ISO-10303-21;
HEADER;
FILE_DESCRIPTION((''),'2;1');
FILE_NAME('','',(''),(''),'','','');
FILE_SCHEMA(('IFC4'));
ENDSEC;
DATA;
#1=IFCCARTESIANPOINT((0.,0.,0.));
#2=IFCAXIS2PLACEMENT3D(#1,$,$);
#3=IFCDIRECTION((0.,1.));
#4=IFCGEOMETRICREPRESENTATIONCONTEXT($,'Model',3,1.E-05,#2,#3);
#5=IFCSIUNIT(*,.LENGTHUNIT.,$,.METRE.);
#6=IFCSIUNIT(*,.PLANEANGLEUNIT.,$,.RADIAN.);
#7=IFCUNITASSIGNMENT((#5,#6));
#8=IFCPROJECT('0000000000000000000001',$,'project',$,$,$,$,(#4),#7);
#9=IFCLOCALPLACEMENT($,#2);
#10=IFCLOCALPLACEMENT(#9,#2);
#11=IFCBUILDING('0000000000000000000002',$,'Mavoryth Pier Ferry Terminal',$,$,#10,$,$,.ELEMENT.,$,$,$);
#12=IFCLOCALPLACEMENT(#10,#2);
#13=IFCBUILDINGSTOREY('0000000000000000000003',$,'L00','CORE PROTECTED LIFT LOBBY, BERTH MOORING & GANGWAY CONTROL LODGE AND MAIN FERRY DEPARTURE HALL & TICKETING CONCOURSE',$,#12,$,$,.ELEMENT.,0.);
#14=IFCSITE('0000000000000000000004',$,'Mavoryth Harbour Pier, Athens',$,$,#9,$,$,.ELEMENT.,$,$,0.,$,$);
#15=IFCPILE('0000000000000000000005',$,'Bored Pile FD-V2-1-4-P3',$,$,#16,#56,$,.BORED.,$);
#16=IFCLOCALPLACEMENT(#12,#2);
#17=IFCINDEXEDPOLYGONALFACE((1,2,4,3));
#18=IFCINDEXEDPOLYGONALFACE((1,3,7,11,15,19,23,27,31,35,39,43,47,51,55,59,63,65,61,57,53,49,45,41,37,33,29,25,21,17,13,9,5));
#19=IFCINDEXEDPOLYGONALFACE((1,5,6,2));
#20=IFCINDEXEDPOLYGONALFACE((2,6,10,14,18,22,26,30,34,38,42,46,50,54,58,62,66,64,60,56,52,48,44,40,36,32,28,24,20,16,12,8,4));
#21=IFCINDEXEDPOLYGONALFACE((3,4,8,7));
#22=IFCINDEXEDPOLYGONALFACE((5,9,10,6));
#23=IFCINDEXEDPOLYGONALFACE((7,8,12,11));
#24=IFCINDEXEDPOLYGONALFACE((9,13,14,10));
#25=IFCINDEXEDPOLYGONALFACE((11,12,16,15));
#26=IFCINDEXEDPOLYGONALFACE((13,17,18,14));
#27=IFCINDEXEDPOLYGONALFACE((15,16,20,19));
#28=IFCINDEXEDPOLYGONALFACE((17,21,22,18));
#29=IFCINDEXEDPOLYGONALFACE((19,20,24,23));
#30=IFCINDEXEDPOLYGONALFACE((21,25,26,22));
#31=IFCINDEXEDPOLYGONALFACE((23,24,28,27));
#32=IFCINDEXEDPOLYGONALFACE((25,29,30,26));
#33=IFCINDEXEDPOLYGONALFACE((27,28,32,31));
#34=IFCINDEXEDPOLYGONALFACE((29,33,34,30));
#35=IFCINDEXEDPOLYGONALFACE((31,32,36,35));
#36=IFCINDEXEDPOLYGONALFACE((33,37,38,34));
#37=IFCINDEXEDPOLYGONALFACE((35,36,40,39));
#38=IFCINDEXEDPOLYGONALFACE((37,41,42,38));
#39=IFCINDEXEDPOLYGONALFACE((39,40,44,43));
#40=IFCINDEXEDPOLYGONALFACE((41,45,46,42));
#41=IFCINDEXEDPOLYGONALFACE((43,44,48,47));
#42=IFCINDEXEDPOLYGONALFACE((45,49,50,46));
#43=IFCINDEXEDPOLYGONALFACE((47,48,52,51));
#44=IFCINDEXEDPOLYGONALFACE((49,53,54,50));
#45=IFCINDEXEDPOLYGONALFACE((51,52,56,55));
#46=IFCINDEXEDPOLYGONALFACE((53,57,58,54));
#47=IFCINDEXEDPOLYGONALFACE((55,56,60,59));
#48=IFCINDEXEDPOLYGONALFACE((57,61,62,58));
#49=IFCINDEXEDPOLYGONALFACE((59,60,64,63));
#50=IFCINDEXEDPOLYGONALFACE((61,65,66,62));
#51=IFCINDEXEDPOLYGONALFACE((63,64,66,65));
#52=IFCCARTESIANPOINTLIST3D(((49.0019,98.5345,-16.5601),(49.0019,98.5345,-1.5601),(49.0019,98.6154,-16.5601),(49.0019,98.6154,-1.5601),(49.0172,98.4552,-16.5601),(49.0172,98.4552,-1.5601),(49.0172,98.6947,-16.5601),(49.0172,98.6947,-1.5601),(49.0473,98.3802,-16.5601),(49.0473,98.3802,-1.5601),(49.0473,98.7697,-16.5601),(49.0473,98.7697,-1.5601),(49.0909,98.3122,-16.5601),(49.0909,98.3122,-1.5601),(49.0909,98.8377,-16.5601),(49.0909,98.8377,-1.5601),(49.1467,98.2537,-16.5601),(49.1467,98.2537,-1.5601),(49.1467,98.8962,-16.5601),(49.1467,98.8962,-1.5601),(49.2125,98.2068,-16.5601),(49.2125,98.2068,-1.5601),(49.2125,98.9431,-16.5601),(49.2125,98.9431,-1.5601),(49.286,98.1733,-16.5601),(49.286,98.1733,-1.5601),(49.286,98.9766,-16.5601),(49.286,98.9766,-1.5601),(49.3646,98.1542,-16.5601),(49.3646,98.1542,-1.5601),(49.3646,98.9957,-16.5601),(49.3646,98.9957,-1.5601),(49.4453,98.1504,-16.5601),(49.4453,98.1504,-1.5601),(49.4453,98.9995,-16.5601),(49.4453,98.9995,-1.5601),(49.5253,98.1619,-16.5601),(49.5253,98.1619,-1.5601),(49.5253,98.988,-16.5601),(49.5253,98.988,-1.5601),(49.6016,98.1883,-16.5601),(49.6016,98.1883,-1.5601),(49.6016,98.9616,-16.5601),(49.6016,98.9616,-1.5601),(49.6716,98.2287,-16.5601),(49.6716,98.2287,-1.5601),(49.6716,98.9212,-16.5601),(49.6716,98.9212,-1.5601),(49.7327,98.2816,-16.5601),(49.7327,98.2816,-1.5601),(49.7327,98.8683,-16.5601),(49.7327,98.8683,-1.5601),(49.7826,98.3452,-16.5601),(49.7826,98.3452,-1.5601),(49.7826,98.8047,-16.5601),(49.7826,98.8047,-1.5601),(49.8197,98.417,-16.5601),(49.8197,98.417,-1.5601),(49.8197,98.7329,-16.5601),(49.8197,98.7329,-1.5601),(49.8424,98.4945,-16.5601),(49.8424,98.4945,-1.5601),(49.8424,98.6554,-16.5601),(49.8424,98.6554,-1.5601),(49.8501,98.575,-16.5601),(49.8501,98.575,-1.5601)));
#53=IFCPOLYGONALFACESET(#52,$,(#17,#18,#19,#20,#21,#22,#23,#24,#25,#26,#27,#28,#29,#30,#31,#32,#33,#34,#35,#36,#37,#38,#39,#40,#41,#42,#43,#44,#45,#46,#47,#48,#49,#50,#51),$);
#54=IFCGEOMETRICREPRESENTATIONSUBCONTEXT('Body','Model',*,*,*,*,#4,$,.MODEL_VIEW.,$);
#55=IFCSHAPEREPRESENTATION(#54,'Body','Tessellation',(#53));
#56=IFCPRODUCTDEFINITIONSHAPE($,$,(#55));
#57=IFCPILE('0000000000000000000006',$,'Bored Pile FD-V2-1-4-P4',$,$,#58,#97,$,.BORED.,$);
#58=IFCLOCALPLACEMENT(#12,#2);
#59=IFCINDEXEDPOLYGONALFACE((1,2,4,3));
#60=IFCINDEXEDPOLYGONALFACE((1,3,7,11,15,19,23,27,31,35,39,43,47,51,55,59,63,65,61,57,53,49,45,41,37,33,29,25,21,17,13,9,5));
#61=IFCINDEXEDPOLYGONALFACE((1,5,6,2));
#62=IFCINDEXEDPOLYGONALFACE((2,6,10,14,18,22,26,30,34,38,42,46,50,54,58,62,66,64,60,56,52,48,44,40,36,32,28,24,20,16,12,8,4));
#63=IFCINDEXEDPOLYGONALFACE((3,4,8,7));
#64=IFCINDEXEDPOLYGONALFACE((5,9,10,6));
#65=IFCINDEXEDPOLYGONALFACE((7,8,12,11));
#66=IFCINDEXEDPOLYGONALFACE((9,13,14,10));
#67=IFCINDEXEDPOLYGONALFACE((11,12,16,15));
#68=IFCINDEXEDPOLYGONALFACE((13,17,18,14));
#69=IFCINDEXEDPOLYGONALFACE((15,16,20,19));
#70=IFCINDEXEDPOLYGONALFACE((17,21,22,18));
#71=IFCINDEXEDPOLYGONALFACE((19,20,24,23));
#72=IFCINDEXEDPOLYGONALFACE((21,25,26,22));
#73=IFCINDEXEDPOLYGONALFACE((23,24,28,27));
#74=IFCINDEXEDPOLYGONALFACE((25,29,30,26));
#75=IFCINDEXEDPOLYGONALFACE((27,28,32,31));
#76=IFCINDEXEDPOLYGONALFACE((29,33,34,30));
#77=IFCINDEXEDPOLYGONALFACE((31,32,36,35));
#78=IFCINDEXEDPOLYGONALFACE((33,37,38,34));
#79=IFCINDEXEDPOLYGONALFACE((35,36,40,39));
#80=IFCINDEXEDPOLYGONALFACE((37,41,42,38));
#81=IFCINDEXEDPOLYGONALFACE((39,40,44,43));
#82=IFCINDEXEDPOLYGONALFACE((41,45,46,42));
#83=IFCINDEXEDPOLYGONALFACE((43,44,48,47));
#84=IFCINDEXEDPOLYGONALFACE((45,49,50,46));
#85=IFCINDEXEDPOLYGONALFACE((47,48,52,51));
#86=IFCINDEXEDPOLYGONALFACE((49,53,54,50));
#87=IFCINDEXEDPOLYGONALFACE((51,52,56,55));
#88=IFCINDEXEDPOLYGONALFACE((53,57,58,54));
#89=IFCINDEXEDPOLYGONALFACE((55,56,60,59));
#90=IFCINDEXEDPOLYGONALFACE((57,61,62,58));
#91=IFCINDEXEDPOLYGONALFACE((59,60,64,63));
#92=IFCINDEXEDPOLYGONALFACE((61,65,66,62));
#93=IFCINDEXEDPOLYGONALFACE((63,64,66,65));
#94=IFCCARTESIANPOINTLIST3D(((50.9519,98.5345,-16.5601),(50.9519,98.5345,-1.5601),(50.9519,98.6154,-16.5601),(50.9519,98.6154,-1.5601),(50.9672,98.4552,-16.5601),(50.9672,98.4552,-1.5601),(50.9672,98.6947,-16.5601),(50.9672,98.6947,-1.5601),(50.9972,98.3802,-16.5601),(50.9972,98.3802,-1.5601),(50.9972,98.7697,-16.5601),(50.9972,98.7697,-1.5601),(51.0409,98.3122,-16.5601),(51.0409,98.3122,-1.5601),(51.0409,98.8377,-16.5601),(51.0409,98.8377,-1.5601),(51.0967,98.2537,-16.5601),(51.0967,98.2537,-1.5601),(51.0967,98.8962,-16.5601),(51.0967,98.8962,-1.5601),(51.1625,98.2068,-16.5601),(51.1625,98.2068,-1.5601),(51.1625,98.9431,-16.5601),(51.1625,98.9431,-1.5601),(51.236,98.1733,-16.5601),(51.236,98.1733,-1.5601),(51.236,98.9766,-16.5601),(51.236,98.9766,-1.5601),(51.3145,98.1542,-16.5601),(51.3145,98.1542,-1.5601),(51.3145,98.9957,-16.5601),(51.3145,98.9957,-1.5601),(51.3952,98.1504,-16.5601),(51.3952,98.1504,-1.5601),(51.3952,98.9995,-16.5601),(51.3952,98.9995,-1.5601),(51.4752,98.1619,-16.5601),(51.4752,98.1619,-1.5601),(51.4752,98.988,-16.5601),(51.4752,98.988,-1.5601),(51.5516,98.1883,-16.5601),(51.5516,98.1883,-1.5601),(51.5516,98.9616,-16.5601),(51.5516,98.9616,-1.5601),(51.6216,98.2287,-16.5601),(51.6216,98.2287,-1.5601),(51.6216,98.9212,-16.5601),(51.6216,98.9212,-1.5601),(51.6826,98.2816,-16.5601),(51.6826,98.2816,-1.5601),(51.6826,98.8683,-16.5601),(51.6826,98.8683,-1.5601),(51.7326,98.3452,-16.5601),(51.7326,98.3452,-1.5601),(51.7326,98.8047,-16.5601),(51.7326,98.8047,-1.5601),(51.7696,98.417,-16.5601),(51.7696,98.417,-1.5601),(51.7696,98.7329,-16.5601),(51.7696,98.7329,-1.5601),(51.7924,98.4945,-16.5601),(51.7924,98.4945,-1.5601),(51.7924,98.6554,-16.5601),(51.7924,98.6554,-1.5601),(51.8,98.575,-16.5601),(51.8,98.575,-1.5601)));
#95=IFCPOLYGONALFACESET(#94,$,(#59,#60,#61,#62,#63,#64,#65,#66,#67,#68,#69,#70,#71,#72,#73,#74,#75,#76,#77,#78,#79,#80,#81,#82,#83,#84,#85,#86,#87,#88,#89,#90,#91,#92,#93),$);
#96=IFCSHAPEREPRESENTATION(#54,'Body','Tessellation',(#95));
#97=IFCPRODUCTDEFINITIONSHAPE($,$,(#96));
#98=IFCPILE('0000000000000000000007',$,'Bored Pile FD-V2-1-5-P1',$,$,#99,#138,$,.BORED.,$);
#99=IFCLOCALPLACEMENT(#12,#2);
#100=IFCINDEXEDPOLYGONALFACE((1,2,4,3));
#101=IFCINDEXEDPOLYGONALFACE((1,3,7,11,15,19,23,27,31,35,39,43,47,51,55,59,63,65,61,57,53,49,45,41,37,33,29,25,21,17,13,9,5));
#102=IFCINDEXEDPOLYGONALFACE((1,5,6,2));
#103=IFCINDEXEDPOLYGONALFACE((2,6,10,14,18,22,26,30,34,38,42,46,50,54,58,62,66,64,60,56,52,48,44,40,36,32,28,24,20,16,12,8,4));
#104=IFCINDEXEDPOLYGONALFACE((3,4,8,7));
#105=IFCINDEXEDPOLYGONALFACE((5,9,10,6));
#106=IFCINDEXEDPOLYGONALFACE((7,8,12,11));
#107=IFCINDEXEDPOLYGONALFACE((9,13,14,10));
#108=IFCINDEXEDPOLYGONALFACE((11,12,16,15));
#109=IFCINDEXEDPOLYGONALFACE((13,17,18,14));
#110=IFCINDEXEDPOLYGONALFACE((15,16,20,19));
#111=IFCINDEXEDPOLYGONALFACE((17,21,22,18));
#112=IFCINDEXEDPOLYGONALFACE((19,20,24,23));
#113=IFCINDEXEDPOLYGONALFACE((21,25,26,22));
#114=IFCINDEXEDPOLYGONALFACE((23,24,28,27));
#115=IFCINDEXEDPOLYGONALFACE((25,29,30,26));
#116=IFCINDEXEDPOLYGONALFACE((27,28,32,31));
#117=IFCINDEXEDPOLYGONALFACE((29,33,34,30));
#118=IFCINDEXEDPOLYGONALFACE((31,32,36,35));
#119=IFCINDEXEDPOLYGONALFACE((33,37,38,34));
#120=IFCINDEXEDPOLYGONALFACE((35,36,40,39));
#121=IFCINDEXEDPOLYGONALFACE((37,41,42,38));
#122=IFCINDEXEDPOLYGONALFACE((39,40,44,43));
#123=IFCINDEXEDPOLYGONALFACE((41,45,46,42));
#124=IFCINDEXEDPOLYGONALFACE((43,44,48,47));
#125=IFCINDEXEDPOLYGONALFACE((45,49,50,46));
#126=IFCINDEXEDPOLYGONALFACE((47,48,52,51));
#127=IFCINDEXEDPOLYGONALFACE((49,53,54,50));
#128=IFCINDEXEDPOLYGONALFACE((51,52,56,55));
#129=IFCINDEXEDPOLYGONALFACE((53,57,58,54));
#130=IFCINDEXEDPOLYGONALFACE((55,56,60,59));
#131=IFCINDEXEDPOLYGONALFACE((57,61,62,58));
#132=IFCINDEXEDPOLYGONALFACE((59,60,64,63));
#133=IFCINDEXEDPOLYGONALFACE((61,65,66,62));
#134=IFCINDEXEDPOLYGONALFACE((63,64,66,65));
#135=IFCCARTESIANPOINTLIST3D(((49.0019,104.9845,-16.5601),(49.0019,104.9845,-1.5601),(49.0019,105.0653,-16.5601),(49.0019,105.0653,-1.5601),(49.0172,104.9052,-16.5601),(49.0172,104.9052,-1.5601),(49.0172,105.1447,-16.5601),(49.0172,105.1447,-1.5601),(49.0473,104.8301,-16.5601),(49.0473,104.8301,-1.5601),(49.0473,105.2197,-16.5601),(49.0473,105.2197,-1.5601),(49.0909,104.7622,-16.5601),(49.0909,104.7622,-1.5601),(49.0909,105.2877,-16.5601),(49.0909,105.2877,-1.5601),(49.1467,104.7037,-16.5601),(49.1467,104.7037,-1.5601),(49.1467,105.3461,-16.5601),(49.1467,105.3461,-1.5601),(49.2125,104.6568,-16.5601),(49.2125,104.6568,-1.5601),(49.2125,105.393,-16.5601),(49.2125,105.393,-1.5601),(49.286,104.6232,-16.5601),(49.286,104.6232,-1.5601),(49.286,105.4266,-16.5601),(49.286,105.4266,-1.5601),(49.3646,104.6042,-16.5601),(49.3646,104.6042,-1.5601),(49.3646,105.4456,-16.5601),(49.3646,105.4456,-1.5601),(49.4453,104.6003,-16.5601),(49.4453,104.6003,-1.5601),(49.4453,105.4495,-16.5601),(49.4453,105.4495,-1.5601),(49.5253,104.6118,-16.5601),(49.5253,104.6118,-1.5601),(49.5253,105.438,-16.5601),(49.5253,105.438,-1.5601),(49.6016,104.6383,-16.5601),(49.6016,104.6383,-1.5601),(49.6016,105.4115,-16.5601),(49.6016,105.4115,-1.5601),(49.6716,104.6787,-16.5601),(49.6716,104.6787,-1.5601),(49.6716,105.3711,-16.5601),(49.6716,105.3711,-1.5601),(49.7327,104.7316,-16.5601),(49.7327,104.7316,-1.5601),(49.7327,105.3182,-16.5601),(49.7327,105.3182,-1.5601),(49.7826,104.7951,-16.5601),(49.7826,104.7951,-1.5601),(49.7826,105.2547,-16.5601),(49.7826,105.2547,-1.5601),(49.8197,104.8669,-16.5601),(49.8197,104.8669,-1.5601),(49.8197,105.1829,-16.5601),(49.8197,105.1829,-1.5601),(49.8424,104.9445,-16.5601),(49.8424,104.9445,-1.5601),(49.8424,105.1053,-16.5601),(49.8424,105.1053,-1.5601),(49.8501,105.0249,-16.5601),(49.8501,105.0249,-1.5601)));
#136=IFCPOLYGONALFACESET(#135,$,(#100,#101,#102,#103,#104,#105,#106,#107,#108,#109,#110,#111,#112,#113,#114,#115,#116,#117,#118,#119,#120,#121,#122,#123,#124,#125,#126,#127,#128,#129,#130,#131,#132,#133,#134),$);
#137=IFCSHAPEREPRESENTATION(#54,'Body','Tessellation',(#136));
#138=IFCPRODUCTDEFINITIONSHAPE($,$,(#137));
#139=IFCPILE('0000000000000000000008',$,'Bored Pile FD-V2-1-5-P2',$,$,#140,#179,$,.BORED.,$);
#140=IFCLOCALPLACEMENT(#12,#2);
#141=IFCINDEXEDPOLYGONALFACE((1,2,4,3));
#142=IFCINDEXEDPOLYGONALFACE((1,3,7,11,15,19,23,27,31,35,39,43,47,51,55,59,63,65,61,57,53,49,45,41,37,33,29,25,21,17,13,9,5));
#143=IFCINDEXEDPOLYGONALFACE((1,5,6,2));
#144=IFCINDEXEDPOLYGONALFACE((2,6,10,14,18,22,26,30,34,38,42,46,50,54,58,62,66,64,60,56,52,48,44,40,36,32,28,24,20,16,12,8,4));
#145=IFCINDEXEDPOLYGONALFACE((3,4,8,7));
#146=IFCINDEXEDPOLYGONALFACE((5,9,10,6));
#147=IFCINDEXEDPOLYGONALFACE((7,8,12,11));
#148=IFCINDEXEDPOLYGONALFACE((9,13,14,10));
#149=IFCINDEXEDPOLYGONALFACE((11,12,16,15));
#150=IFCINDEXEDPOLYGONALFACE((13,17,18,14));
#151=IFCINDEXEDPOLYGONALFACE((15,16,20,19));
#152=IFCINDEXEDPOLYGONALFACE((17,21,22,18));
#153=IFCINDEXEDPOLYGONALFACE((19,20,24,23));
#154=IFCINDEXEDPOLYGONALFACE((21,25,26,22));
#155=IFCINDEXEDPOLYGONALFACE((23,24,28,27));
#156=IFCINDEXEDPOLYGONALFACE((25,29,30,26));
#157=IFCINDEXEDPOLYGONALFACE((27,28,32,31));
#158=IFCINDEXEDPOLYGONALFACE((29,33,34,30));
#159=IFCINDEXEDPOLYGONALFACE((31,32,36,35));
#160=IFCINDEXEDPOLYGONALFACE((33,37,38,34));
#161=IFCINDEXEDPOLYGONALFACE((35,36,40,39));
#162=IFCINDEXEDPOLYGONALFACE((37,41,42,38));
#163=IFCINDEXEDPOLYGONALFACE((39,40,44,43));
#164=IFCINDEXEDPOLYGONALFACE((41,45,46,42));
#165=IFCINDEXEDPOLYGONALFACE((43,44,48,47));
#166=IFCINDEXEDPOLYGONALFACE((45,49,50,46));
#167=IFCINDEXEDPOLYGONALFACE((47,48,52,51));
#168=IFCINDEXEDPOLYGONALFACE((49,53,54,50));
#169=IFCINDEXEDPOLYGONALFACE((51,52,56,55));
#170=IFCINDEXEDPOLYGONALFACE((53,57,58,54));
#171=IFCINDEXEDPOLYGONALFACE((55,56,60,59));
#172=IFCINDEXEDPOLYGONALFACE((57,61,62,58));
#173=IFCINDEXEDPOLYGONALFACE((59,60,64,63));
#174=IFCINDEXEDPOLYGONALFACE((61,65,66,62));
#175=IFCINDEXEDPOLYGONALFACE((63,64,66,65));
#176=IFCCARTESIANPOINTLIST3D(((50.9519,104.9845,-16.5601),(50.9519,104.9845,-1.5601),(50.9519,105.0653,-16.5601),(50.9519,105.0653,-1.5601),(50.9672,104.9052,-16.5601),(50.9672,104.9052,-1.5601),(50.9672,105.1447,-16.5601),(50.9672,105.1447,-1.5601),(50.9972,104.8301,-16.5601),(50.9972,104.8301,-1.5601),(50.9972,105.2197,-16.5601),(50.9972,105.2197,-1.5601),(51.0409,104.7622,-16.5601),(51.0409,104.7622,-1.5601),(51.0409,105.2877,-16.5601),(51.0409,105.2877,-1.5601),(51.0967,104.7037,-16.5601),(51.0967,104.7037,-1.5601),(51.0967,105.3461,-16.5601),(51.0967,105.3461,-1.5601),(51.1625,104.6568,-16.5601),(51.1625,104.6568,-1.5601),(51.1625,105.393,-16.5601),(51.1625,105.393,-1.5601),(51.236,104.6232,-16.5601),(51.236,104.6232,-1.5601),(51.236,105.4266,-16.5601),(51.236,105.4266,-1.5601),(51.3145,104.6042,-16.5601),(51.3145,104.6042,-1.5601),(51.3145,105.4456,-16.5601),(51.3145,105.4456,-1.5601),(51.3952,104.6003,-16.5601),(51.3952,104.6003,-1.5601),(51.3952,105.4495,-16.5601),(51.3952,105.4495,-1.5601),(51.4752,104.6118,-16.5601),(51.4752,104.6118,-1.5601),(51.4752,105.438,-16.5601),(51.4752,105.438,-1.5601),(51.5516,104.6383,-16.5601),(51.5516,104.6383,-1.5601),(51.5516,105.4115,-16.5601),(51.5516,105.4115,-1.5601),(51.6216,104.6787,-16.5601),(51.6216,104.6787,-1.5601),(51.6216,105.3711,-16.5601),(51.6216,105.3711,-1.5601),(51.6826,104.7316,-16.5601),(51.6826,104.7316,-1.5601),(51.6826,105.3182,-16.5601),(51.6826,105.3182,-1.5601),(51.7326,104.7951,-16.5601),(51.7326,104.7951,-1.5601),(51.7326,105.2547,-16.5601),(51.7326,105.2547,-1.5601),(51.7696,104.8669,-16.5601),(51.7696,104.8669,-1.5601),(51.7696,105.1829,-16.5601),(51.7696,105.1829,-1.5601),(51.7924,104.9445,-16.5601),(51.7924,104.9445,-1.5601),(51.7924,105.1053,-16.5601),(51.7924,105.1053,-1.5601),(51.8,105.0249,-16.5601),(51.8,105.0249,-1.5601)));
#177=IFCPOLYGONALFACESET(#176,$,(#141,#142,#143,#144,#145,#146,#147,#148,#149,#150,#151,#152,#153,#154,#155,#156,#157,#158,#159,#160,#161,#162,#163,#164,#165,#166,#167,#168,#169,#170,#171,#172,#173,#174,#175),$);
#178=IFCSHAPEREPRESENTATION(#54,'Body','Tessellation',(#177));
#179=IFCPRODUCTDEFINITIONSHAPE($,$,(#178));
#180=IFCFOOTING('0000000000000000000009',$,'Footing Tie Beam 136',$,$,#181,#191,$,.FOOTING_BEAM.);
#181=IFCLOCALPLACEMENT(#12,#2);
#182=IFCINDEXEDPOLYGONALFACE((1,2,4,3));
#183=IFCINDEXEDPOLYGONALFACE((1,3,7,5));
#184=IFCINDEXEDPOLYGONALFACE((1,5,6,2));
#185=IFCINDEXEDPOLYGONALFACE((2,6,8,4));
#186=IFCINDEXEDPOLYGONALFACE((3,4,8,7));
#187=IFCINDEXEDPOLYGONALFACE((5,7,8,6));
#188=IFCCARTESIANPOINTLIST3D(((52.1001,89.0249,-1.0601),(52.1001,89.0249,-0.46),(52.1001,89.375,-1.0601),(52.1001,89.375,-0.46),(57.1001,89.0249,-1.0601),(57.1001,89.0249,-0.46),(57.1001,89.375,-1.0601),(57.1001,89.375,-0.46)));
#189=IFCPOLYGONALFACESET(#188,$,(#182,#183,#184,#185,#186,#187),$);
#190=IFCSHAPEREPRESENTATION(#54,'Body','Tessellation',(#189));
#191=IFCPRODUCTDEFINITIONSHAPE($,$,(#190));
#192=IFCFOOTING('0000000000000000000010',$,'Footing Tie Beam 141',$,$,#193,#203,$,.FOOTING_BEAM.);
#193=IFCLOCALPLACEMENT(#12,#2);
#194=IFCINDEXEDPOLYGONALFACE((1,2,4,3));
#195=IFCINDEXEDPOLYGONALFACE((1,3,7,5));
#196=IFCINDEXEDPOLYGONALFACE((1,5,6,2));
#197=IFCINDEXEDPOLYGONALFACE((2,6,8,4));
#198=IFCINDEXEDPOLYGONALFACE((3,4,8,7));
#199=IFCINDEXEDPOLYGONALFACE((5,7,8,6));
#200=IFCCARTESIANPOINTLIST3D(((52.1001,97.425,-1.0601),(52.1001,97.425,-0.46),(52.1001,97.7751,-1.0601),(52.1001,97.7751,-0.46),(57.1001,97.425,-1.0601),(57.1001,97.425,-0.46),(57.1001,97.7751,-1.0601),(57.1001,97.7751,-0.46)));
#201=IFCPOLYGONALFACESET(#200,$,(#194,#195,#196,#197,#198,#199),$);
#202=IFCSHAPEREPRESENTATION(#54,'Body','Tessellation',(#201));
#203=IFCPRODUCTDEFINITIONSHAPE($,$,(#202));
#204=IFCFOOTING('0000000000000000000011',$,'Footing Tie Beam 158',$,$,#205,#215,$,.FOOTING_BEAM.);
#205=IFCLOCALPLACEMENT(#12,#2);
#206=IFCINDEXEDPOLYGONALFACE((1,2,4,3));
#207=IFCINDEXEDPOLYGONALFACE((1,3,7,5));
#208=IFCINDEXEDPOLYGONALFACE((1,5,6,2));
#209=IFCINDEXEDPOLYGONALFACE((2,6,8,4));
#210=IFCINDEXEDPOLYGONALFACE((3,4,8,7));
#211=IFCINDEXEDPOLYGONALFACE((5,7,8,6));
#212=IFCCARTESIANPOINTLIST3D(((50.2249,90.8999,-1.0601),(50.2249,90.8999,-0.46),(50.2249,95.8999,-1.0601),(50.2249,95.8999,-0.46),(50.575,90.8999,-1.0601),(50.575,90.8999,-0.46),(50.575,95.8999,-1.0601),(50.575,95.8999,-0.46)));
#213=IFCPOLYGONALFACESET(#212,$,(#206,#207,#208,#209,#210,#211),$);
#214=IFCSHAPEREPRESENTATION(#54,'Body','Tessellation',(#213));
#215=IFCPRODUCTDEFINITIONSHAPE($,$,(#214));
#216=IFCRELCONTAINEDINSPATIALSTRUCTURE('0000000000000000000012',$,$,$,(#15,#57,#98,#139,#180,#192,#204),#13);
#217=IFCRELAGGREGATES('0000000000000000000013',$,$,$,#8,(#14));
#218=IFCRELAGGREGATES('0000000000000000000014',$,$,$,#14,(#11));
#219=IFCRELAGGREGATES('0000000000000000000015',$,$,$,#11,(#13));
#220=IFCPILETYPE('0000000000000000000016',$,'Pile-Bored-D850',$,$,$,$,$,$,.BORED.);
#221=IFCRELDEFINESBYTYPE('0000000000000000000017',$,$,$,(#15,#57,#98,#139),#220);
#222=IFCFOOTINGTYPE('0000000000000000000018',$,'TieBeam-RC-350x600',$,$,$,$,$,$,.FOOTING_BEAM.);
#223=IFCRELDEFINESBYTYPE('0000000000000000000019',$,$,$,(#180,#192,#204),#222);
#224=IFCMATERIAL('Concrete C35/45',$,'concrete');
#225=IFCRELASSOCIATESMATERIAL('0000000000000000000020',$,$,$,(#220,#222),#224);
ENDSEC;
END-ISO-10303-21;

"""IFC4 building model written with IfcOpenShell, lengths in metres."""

from ifc_helpers import new_model, si_unit, direction, frame, origin, origin_2d, place, context, subcontext, project, spatial, rectangle, circle, extrude, material, material_profile, profile_set, type_object, element, save


model = new_model("IFC4")

# Units and contexts
model_context = context("Model", 3, precision=1e-05, world=origin(), true_north=direction((0.0, 1.0)))
body_context = subcontext(model_context, "Body", "Model", "MODEL_VIEW")
ifc_project = project(units=[si_unit("LENGTHUNIT", "METRE"), si_unit("PLANEANGLEUNIT", "RADIAN")], contexts=[model_context])

# Site, building, storey
site_placement = place(None, origin())
site = spatial("IfcSite", under=ifc_project, at=site_placement, Name="Mavoryth Harbour Pier, Athens", CompositionType="ELEMENT", RefElevation=0.0)
building_placement = place(site_placement, origin())
building = spatial("IfcBuilding", under=site, at=building_placement, Name="Mavoryth Pier Ferry Terminal", CompositionType="ELEMENT")
storey_placement = place(building_placement, origin())
storey = spatial("IfcBuildingStorey", under=building, at=storey_placement, Name="L00", Description="CORE PROTECTED LIFT LOBBY, BERTH MOORING & GANGWAY CONTROL LODGE AND MAIN FERRY DEPARTURE HALL & TICKETING CONCOURSE", CompositionType="ELEMENT", Elevation=0.0)

# Shared definitions
ifc_material_1 = material(Name="Concrete C35/45", Category="concrete")

# Piles
ifc_material_profile_1 = material_profile(ifc_material_1, circle(Radius=0.425, at=origin_2d()), Name="PILE D850", Category="concrete")
ifc_profile_set_1 = profile_set([ifc_material_profile_1], Name="Concrete C35/45 - PILE D850")
pile_type = type_object("IfcPileType", Name="Pile-Bored-D850", PredefinedType="BORED", material=ifc_profile_set_1)
for number, where, z_axis, x_axis, name in (
    (1, (49.425, 98.575, -1.5601), (0.0, 0.0, -1.0), (1.0, 0.0, 0.0), "Bored Pile FD-V2-1-4-P3"),
    (2, (51.375, 98.575, -1.5601), (0.0, 0.0, -1.0), (1.0, 0.0, 0.0), "Bored Pile FD-V2-1-4-P4"),
    (3, (49.425, 105.0249, -1.5601), (0.0, 0.0, -1.0), (1.0, 0.0, 0.0), "Bored Pile FD-V2-1-5-P1"),
    (4, (51.375, 105.0249, -1.5601), (0.0, 0.0, -1.0), (1.0, 0.0, 0.0), "Bored Pile FD-V2-1-5-P2"),
):
    element("IfcPile", number, at=place(storey_placement, frame(where, z_axis=z_axis, x_axis=x_axis)), inside=storey, type_object=pile_type, Name=name, PredefinedType="BORED", context=body_context, shape_type="SweptSolid", body=[
        extrude(circle(Radius=0.425, at=origin_2d()), origin(), (0.0, 0.0, 1.0), 15.0),
    ])

# Footings
ifc_material_profile_2 = material_profile(ifc_material_1, rectangle(XDim=0.3501, YDim=0.6001, at=origin_2d()), Name="RC 350x600", Category="concrete")
ifc_profile_set_2 = profile_set([ifc_material_profile_2], Name="Concrete C35/45 - RC 350x600")
footing_type_1 = type_object("IfcFootingType", Name="TieBeam-RC-350x600", PredefinedType="FOOTING_BEAM", material=ifc_profile_set_2)
for number, where, z_axis, x_axis, name in (
    (5, (52.1001, 89.2, -0.76), (1.0, 0.0, 0.0), (0.0, 1.0, 0.0), "Footing Tie Beam 136"),
    (6, (52.1001, 97.6001, -0.76), (1.0, 0.0, 0.0), (0.0, 1.0, 0.0), "Footing Tie Beam 141"),
    (7, (50.3999, 90.8999, -0.76), (0.0, 1.0, 0.0), (-1.0, 0.0, 0.0), "Footing Tie Beam 158"),
):
    element("IfcFooting", number, at=place(storey_placement, frame(where, z_axis=z_axis, x_axis=x_axis)), inside=storey, type_object=footing_type_1, Name=name, PredefinedType="FOOTING_BEAM", context=body_context, shape_type="SweptSolid", body=[
        extrude(rectangle(XDim=0.3501, YDim=0.6001, at=origin_2d()), origin(), (0.0, 0.0, 1.0), 5.0),
    ])

save(model, "model.ifc")
